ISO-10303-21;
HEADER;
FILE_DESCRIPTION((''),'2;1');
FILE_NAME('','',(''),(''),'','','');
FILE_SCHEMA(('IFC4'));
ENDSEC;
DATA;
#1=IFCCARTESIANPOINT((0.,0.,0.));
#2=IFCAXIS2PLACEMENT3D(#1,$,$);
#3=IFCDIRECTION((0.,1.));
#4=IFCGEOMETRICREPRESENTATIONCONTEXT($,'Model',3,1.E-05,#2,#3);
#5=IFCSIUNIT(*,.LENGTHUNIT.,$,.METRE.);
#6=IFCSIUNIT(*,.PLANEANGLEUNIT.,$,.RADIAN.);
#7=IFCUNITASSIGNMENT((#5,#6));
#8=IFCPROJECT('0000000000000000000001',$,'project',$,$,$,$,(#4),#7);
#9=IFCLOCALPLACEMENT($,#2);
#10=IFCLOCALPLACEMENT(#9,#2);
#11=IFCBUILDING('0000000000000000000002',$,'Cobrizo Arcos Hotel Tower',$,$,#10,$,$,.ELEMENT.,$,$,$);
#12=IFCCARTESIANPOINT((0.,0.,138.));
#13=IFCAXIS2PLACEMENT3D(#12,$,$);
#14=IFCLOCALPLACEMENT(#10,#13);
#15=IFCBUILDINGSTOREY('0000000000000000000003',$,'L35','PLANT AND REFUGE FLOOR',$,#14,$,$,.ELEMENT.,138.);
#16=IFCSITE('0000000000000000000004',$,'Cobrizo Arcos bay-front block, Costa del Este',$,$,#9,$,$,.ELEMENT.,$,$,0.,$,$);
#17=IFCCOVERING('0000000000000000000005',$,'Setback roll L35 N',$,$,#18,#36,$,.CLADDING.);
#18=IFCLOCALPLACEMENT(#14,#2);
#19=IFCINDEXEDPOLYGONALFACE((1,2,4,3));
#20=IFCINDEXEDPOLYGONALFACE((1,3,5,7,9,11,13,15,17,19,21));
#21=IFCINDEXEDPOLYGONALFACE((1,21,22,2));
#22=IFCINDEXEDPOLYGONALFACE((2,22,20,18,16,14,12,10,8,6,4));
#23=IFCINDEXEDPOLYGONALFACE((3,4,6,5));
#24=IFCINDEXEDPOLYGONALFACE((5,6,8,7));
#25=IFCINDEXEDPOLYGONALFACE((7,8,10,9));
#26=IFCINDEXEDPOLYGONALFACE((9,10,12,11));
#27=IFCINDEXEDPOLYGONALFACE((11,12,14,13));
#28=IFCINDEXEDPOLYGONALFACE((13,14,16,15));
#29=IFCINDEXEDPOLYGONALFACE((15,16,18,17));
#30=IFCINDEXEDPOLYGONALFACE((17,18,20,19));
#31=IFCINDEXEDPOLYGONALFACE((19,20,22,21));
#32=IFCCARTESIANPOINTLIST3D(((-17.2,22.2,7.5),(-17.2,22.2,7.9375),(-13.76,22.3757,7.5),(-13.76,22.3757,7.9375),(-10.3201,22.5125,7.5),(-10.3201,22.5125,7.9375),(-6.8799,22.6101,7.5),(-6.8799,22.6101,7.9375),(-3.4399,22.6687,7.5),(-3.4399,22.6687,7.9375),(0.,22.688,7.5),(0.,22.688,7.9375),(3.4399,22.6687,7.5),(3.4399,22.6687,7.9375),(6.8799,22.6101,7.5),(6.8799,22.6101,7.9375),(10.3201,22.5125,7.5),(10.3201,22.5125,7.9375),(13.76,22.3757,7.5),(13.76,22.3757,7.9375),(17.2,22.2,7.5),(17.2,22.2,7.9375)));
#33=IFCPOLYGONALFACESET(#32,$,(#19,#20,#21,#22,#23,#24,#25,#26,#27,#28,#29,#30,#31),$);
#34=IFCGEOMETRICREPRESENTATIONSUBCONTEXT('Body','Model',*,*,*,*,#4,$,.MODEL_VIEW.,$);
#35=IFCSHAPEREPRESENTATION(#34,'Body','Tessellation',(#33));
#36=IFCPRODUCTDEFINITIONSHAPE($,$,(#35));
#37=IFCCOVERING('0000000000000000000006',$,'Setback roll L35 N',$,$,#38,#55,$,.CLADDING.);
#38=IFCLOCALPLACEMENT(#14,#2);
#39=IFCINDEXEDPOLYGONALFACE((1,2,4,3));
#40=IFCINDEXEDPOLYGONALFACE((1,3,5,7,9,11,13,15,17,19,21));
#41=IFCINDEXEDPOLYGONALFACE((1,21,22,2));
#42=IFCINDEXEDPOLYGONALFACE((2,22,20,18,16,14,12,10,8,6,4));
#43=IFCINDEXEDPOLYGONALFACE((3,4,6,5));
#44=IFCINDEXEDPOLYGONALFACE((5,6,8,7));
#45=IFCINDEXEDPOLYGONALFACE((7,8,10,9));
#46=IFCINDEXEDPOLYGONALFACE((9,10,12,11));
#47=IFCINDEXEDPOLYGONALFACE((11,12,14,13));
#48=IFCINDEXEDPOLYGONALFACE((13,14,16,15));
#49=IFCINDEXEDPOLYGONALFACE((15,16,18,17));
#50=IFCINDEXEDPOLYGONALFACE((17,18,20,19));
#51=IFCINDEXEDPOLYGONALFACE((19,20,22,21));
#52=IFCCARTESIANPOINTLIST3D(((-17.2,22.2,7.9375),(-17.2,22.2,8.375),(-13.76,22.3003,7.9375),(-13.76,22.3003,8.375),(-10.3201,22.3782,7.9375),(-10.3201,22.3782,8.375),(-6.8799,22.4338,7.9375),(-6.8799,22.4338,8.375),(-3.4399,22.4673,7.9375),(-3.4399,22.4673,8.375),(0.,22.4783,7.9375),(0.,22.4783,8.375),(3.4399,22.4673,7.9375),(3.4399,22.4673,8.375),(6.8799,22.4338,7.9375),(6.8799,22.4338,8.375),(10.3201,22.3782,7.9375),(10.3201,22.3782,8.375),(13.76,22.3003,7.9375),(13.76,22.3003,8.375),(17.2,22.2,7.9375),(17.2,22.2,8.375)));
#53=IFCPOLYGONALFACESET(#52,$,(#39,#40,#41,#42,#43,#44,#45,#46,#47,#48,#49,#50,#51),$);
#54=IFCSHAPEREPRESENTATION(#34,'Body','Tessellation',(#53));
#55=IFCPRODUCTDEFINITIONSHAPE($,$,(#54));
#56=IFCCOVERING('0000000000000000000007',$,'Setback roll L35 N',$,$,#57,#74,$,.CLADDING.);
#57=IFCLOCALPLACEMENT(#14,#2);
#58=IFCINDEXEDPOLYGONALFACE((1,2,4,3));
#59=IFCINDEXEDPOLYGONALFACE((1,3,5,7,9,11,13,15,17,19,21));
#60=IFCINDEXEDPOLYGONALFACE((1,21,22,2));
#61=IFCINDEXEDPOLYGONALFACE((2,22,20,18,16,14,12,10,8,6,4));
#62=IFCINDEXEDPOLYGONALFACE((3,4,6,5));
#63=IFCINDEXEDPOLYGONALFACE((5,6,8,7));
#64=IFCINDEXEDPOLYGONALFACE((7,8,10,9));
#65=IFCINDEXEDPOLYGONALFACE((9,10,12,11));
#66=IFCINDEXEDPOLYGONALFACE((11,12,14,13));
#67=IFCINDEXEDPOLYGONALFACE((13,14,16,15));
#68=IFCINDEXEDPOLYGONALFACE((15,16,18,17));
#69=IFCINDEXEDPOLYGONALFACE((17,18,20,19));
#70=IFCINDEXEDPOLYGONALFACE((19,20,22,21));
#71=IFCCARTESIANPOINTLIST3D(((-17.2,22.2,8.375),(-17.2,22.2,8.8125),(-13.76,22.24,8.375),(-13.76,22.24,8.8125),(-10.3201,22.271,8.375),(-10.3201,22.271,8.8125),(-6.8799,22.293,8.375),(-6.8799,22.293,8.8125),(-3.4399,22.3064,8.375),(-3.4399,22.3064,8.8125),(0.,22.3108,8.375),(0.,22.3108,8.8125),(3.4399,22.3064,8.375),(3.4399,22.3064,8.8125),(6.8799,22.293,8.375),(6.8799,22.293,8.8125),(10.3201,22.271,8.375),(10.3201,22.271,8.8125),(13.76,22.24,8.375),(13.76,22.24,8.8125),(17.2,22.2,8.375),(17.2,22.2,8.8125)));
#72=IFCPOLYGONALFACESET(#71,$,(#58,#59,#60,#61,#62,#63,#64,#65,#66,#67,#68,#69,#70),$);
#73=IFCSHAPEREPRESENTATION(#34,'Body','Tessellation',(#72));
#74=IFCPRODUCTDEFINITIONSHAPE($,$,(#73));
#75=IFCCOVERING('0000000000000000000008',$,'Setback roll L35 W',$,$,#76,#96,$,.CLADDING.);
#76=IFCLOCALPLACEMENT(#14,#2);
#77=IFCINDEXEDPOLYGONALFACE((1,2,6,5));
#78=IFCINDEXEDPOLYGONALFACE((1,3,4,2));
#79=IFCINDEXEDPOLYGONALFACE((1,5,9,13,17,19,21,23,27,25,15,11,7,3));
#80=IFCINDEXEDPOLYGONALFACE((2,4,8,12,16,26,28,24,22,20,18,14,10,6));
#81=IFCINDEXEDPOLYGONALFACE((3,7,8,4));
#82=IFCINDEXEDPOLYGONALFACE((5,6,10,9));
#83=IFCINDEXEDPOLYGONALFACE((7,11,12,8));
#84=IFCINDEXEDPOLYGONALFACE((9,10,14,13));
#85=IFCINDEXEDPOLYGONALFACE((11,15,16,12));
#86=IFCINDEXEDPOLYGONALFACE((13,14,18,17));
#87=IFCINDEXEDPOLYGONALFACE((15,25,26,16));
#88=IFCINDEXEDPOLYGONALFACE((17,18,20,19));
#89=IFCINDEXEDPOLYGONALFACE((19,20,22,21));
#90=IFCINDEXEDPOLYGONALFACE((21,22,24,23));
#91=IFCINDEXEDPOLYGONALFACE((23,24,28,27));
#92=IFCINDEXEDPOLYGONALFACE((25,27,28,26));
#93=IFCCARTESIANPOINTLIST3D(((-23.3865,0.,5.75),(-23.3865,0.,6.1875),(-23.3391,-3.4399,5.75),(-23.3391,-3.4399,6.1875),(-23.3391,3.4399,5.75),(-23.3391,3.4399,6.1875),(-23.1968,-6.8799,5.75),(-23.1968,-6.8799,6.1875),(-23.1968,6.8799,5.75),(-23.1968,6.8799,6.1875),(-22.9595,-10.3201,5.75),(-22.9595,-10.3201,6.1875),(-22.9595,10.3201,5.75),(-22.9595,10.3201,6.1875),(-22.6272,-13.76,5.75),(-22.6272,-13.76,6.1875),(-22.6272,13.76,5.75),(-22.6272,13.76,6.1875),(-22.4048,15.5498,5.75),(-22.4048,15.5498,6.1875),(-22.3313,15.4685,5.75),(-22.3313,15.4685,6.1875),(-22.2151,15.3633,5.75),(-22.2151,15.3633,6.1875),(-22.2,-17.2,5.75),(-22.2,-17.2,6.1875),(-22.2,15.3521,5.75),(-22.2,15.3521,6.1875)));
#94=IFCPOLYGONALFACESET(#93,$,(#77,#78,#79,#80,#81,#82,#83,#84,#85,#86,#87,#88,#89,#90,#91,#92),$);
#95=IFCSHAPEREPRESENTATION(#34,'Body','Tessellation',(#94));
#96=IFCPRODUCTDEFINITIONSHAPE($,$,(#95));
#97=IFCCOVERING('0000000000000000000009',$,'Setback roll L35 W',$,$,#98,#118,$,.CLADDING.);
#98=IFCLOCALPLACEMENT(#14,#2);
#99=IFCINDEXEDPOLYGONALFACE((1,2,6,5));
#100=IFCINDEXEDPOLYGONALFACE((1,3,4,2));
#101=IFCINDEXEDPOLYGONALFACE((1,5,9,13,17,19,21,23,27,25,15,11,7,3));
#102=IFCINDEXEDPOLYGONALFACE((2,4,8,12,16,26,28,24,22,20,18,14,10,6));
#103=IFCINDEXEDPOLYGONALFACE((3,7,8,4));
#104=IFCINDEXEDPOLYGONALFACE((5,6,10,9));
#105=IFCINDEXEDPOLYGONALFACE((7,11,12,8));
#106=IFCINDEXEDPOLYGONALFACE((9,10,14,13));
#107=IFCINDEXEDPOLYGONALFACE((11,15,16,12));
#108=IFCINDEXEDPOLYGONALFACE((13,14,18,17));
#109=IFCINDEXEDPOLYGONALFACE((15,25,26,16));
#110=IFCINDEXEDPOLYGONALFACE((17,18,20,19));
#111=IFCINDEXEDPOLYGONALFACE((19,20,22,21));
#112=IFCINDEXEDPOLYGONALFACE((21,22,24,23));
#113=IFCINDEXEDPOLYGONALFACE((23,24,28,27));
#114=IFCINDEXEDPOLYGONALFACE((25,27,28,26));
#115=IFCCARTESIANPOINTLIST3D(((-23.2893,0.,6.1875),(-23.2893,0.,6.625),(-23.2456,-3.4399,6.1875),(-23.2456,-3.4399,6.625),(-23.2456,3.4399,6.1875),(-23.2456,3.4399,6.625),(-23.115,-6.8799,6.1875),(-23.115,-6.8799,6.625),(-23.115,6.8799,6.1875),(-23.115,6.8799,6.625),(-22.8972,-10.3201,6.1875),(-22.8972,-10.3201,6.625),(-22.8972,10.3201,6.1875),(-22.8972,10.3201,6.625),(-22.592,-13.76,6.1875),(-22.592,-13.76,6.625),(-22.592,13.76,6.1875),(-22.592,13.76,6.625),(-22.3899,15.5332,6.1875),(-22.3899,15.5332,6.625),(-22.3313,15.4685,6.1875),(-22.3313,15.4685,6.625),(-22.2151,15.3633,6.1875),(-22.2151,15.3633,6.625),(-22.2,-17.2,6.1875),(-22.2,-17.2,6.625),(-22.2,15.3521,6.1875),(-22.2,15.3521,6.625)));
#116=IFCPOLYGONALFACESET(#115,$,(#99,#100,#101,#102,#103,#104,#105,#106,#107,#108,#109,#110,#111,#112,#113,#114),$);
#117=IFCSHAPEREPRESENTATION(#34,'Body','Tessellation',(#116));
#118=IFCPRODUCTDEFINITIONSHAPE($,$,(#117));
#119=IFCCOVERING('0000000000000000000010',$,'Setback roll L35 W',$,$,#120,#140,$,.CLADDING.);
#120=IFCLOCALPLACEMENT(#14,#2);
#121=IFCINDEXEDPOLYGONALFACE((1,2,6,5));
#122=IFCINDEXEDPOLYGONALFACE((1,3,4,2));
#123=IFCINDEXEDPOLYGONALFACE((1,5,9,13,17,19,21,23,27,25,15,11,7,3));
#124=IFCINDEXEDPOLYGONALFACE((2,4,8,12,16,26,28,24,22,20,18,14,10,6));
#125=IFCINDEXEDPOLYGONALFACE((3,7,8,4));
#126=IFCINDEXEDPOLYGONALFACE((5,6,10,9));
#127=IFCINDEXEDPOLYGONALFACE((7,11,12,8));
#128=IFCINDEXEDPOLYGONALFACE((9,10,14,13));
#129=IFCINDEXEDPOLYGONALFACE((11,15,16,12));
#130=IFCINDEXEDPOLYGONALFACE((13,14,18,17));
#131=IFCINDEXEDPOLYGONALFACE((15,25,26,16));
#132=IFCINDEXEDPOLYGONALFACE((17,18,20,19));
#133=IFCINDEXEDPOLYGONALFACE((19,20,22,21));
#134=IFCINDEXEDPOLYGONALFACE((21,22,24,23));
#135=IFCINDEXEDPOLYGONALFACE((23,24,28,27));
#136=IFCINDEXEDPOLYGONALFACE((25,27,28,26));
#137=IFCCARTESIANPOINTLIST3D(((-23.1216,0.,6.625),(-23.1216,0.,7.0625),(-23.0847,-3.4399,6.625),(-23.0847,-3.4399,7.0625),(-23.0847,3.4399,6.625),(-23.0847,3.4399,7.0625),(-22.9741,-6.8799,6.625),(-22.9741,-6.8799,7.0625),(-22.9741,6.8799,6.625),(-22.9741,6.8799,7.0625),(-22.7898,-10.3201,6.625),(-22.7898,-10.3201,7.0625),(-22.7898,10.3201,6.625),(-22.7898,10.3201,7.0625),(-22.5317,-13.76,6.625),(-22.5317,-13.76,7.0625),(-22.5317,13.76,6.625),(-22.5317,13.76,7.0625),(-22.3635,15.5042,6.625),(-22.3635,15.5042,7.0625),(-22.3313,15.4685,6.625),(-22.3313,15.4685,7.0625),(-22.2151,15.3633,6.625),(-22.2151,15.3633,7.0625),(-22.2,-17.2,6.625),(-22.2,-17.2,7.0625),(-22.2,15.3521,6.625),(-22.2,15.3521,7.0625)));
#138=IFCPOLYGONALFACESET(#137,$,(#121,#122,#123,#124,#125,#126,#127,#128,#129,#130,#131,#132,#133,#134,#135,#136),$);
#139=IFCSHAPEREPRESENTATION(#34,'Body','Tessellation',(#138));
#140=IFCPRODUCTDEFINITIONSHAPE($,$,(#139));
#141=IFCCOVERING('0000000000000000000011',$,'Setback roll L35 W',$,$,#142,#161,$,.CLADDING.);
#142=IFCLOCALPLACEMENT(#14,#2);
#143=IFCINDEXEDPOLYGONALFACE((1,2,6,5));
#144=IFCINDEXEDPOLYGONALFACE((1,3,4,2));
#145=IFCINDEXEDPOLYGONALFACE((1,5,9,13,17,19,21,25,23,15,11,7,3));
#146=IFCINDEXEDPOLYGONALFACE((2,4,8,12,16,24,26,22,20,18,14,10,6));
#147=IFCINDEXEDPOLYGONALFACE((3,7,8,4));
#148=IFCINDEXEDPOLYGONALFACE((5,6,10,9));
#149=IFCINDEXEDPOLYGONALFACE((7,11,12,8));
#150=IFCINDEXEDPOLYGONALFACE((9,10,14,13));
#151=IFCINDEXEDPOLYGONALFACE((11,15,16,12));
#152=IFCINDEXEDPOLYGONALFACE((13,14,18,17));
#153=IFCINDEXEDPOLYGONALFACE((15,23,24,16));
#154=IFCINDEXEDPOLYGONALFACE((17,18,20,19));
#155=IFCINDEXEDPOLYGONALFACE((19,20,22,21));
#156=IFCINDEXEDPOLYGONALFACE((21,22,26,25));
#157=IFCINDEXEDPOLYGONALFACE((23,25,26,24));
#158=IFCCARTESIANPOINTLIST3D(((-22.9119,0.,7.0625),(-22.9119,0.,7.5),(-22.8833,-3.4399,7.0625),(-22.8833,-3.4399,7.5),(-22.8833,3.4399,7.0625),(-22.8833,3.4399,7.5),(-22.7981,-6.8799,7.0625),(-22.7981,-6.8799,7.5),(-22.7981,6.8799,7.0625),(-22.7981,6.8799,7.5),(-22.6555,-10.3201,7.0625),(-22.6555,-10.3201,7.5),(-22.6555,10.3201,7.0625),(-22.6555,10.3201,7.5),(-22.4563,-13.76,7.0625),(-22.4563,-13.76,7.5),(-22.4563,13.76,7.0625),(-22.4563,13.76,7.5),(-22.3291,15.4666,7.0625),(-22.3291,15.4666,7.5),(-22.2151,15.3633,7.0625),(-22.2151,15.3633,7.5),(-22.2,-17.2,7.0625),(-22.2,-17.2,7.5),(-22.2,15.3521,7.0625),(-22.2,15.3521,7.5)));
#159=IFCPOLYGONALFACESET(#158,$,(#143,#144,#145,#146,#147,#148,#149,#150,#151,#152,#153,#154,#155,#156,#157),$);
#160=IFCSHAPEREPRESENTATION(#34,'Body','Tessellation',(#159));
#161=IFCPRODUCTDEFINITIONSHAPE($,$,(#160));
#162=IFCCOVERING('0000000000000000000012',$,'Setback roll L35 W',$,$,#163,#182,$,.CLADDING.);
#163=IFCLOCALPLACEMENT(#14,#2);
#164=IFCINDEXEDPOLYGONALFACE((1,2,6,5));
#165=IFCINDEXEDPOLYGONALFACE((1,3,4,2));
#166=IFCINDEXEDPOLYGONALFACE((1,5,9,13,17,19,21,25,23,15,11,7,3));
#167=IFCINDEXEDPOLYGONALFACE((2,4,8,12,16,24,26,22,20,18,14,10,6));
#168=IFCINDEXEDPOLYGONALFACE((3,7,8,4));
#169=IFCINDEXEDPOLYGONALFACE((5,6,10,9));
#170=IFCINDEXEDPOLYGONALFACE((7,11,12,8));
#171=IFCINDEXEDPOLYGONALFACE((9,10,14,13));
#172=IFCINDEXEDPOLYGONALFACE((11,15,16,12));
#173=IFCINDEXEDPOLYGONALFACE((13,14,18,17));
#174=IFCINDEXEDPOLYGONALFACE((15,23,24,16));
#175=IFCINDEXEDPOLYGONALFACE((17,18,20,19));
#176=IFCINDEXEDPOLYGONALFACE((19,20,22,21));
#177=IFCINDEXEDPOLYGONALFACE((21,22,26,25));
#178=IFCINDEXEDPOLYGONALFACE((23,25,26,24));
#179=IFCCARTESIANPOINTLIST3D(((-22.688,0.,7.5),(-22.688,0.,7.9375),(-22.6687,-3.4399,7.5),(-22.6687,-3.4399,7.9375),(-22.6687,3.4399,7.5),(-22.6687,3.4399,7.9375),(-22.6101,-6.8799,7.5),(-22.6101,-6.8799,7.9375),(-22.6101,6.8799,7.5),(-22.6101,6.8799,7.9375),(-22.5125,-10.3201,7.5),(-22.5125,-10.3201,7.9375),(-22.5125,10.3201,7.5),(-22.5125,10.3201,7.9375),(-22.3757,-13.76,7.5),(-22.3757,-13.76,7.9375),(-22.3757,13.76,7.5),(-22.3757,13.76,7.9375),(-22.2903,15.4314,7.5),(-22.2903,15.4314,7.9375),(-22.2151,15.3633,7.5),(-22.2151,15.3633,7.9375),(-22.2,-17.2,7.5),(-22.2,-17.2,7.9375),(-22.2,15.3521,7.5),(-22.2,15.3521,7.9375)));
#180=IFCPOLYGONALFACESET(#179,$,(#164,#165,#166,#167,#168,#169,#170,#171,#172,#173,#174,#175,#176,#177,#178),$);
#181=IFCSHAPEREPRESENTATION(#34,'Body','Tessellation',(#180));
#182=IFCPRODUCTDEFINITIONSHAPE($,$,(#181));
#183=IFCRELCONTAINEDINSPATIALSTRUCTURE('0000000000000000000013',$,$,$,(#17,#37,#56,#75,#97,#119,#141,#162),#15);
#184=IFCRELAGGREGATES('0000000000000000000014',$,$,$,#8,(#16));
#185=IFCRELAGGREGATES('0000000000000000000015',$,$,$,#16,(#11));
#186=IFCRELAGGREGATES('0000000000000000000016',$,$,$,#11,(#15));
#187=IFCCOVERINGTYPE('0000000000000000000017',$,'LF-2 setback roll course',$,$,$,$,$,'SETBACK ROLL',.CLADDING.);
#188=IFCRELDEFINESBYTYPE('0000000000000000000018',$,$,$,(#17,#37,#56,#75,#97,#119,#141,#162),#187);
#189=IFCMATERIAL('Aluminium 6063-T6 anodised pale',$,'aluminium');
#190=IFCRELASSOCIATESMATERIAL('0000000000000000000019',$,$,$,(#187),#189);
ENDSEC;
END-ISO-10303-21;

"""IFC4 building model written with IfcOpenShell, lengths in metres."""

from ifc_helpers import new_model, si_unit, direction, frame, origin, place, context, subcontext, project, spatial, polyline, outline, extrude, material, type_object, element, save


model = new_model("IFC4")

# Units and contexts
model_context = context("Model", 3, precision=1e-05, world=origin(), true_north=direction((0.0, 1.0)))
body_context = subcontext(model_context, "Body", "Model", "MODEL_VIEW")
ifc_project = project(units=[si_unit("LENGTHUNIT", "METRE"), si_unit("PLANEANGLEUNIT", "RADIAN")], contexts=[model_context])

# Site, building, storey
site_placement = place(None, origin())
site = spatial("IfcSite", under=ifc_project, at=site_placement, Name="Cobrizo Arcos bay-front block, Costa del Este", CompositionType="ELEMENT", RefElevation=0.0)
building_placement = place(site_placement, origin())
building = spatial("IfcBuilding", under=site, at=building_placement, Name="Cobrizo Arcos Hotel Tower", CompositionType="ELEMENT")
storey_placement = place(building_placement, frame((0.0, 0.0, 138.0)))
storey = spatial("IfcBuildingStorey", under=building, at=storey_placement, Name="L35", Description="PLANT AND REFUGE FLOOR", CompositionType="ELEMENT", Elevation=138.0)

# Coverings
ifc_material_1 = material(Name="Aluminium 6063-T6 anodised pale", Category="aluminium")
covering_type = type_object("IfcCoveringType", Name="LF-2 setback roll course", ElementType="SETBACK ROLL", PredefinedType="CLADDING", material=ifc_material_1)
covering_1_placement = place(storey_placement, frame((0.0, 0.0, 7.5)))
element("IfcCovering", 1, at=covering_1_placement, inside=storey, type_object=covering_type, Name="Setback roll L35 N", PredefinedType="CLADDING", context=body_context, shape_type="SweptSolid", body=[
    extrude(outline(polyline([(-17.2, 22.2), (-13.76, 22.3757), (-10.3201, 22.5125), (-6.8799, 22.6101), (-3.4399, 22.6687), (0.0, 22.688), (3.4399, 22.6687), (6.8799, 22.6101), (10.3201, 22.5125), (13.76, 22.3757), (17.2, 22.2), (-17.2, 22.2)])), origin(), (0.0, 0.0, 1.0), 0.4375),
])
covering_2_placement = place(storey_placement, frame((0.0, 0.0, 7.9375)))
element("IfcCovering", 2, at=covering_2_placement, inside=storey, type_object=covering_type, Name="Setback roll L35 N", PredefinedType="CLADDING", context=body_context, shape_type="SweptSolid", body=[
    extrude(outline(polyline([(-17.2, 22.2), (-13.76, 22.3003), (-10.3201, 22.3782), (-6.8799, 22.4338), (-3.4399, 22.4673), (0.0, 22.4783), (3.4399, 22.4673), (6.8799, 22.4338), (10.3201, 22.3782), (13.76, 22.3003), (17.2, 22.2), (-17.2, 22.2)])), origin(), (0.0, 0.0, 1.0), 0.4375),
])
covering_3_placement = place(storey_placement, frame((0.0, 0.0, 8.375)))
element("IfcCovering", 3, at=covering_3_placement, inside=storey, type_object=covering_type, Name="Setback roll L35 N", PredefinedType="CLADDING", context=body_context, shape_type="SweptSolid", body=[
    extrude(outline(polyline([(-17.2, 22.2), (-13.76, 22.24), (-10.3201, 22.271), (-6.8799, 22.293), (-3.4399, 22.3064), (0.0, 22.3108), (3.4399, 22.3064), (6.8799, 22.293), (10.3201, 22.271), (13.76, 22.24), (17.2, 22.2), (-17.2, 22.2)])), origin(), (0.0, 0.0, 1.0), 0.4375),
])
covering_4_placement = place(storey_placement, frame((0.0, 0.0, 5.75)))
element("IfcCovering", 4, at=covering_4_placement, inside=storey, type_object=covering_type, Name="Setback roll L35 W", PredefinedType="CLADDING", context=body_context, shape_type="SweptSolid", body=[
    extrude(outline(polyline([(-22.2, -17.2), (-22.6272, -13.76), (-22.9595, -10.3201), (-23.1968, -6.8799), (-23.3391, -3.4399), (-23.3865, 0.0), (-23.3391, 3.4399), (-23.1968, 6.8799), (-22.9595, 10.3201), (-22.6272, 13.76), (-22.4048, 15.5498), (-22.3313, 15.4685), (-22.2151, 15.3633), (-22.2, 15.3521), (-22.2, -17.2)])), origin(), (0.0, 0.0, 1.0), 0.4375),
])
covering_5_placement = place(storey_placement, frame((0.0, 0.0, 6.1875)))
element("IfcCovering", 5, at=covering_5_placement, inside=storey, type_object=covering_type, Name="Setback roll L35 W", PredefinedType="CLADDING", context=body_context, shape_type="SweptSolid", body=[
    extrude(outline(polyline([(-22.2, -17.2), (-22.592, -13.76), (-22.8972, -10.3201), (-23.115, -6.8799), (-23.2456, -3.4399), (-23.2893, 0.0), (-23.2456, 3.4399), (-23.115, 6.8799), (-22.8972, 10.3201), (-22.592, 13.76), (-22.3899, 15.5332), (-22.3313, 15.4685), (-22.2151, 15.3633), (-22.2, 15.3521), (-22.2, -17.2)])), origin(), (0.0, 0.0, 1.0), 0.4375),
])
covering_6_placement = place(storey_placement, frame((0.0, 0.0, 6.625)))
element("IfcCovering", 6, at=covering_6_placement, inside=storey, type_object=covering_type, Name="Setback roll L35 W", PredefinedType="CLADDING", context=body_context, shape_type="SweptSolid", body=[
    extrude(outline(polyline([(-22.2, -17.2), (-22.5317, -13.76), (-22.7898, -10.3201), (-22.9741, -6.8799), (-23.0847, -3.4399), (-23.1216, 0.0), (-23.0847, 3.4399), (-22.9741, 6.8799), (-22.7898, 10.3201), (-22.5317, 13.76), (-22.3635, 15.5042), (-22.3313, 15.4685), (-22.2151, 15.3633), (-22.2, 15.3521), (-22.2, -17.2)])), origin(), (0.0, 0.0, 1.0), 0.4375),
])
covering_7_placement = place(storey_placement, frame((0.0, 0.0, 7.0625)))
element("IfcCovering", 7, at=covering_7_placement, inside=storey, type_object=covering_type, Name="Setback roll L35 W", PredefinedType="CLADDING", context=body_context, shape_type="SweptSolid", body=[
    extrude(outline(polyline([(-22.2, -17.2), (-22.4563, -13.76), (-22.6555, -10.3201), (-22.7981, -6.8799), (-22.8833, -3.4399), (-22.9119, 0.0), (-22.8833, 3.4399), (-22.7981, 6.8799), (-22.6555, 10.3201), (-22.4563, 13.76), (-22.3291, 15.4666), (-22.2151, 15.3633), (-22.2, 15.3521), (-22.2, -17.2)])), origin(), (0.0, 0.0, 1.0), 0.4375),
])
covering_8_placement = place(storey_placement, frame((0.0, 0.0, 7.5)))
element("IfcCovering", 8, at=covering_8_placement, inside=storey, type_object=covering_type, Name="Setback roll L35 W", PredefinedType="CLADDING", context=body_context, shape_type="SweptSolid", body=[
    extrude(outline(polyline([(-22.2, -17.2), (-22.3757, -13.76), (-22.5125, -10.3201), (-22.6101, -6.8799), (-22.6687, -3.4399), (-22.688, 0.0), (-22.6687, 3.4399), (-22.6101, 6.8799), (-22.5125, 10.3201), (-22.3757, 13.76), (-22.2903, 15.4314), (-22.2151, 15.3633), (-22.2, 15.3521), (-22.2, -17.2)])), origin(), (0.0, 0.0, 1.0), 0.4375),
])

save(model, "model.ifc")
